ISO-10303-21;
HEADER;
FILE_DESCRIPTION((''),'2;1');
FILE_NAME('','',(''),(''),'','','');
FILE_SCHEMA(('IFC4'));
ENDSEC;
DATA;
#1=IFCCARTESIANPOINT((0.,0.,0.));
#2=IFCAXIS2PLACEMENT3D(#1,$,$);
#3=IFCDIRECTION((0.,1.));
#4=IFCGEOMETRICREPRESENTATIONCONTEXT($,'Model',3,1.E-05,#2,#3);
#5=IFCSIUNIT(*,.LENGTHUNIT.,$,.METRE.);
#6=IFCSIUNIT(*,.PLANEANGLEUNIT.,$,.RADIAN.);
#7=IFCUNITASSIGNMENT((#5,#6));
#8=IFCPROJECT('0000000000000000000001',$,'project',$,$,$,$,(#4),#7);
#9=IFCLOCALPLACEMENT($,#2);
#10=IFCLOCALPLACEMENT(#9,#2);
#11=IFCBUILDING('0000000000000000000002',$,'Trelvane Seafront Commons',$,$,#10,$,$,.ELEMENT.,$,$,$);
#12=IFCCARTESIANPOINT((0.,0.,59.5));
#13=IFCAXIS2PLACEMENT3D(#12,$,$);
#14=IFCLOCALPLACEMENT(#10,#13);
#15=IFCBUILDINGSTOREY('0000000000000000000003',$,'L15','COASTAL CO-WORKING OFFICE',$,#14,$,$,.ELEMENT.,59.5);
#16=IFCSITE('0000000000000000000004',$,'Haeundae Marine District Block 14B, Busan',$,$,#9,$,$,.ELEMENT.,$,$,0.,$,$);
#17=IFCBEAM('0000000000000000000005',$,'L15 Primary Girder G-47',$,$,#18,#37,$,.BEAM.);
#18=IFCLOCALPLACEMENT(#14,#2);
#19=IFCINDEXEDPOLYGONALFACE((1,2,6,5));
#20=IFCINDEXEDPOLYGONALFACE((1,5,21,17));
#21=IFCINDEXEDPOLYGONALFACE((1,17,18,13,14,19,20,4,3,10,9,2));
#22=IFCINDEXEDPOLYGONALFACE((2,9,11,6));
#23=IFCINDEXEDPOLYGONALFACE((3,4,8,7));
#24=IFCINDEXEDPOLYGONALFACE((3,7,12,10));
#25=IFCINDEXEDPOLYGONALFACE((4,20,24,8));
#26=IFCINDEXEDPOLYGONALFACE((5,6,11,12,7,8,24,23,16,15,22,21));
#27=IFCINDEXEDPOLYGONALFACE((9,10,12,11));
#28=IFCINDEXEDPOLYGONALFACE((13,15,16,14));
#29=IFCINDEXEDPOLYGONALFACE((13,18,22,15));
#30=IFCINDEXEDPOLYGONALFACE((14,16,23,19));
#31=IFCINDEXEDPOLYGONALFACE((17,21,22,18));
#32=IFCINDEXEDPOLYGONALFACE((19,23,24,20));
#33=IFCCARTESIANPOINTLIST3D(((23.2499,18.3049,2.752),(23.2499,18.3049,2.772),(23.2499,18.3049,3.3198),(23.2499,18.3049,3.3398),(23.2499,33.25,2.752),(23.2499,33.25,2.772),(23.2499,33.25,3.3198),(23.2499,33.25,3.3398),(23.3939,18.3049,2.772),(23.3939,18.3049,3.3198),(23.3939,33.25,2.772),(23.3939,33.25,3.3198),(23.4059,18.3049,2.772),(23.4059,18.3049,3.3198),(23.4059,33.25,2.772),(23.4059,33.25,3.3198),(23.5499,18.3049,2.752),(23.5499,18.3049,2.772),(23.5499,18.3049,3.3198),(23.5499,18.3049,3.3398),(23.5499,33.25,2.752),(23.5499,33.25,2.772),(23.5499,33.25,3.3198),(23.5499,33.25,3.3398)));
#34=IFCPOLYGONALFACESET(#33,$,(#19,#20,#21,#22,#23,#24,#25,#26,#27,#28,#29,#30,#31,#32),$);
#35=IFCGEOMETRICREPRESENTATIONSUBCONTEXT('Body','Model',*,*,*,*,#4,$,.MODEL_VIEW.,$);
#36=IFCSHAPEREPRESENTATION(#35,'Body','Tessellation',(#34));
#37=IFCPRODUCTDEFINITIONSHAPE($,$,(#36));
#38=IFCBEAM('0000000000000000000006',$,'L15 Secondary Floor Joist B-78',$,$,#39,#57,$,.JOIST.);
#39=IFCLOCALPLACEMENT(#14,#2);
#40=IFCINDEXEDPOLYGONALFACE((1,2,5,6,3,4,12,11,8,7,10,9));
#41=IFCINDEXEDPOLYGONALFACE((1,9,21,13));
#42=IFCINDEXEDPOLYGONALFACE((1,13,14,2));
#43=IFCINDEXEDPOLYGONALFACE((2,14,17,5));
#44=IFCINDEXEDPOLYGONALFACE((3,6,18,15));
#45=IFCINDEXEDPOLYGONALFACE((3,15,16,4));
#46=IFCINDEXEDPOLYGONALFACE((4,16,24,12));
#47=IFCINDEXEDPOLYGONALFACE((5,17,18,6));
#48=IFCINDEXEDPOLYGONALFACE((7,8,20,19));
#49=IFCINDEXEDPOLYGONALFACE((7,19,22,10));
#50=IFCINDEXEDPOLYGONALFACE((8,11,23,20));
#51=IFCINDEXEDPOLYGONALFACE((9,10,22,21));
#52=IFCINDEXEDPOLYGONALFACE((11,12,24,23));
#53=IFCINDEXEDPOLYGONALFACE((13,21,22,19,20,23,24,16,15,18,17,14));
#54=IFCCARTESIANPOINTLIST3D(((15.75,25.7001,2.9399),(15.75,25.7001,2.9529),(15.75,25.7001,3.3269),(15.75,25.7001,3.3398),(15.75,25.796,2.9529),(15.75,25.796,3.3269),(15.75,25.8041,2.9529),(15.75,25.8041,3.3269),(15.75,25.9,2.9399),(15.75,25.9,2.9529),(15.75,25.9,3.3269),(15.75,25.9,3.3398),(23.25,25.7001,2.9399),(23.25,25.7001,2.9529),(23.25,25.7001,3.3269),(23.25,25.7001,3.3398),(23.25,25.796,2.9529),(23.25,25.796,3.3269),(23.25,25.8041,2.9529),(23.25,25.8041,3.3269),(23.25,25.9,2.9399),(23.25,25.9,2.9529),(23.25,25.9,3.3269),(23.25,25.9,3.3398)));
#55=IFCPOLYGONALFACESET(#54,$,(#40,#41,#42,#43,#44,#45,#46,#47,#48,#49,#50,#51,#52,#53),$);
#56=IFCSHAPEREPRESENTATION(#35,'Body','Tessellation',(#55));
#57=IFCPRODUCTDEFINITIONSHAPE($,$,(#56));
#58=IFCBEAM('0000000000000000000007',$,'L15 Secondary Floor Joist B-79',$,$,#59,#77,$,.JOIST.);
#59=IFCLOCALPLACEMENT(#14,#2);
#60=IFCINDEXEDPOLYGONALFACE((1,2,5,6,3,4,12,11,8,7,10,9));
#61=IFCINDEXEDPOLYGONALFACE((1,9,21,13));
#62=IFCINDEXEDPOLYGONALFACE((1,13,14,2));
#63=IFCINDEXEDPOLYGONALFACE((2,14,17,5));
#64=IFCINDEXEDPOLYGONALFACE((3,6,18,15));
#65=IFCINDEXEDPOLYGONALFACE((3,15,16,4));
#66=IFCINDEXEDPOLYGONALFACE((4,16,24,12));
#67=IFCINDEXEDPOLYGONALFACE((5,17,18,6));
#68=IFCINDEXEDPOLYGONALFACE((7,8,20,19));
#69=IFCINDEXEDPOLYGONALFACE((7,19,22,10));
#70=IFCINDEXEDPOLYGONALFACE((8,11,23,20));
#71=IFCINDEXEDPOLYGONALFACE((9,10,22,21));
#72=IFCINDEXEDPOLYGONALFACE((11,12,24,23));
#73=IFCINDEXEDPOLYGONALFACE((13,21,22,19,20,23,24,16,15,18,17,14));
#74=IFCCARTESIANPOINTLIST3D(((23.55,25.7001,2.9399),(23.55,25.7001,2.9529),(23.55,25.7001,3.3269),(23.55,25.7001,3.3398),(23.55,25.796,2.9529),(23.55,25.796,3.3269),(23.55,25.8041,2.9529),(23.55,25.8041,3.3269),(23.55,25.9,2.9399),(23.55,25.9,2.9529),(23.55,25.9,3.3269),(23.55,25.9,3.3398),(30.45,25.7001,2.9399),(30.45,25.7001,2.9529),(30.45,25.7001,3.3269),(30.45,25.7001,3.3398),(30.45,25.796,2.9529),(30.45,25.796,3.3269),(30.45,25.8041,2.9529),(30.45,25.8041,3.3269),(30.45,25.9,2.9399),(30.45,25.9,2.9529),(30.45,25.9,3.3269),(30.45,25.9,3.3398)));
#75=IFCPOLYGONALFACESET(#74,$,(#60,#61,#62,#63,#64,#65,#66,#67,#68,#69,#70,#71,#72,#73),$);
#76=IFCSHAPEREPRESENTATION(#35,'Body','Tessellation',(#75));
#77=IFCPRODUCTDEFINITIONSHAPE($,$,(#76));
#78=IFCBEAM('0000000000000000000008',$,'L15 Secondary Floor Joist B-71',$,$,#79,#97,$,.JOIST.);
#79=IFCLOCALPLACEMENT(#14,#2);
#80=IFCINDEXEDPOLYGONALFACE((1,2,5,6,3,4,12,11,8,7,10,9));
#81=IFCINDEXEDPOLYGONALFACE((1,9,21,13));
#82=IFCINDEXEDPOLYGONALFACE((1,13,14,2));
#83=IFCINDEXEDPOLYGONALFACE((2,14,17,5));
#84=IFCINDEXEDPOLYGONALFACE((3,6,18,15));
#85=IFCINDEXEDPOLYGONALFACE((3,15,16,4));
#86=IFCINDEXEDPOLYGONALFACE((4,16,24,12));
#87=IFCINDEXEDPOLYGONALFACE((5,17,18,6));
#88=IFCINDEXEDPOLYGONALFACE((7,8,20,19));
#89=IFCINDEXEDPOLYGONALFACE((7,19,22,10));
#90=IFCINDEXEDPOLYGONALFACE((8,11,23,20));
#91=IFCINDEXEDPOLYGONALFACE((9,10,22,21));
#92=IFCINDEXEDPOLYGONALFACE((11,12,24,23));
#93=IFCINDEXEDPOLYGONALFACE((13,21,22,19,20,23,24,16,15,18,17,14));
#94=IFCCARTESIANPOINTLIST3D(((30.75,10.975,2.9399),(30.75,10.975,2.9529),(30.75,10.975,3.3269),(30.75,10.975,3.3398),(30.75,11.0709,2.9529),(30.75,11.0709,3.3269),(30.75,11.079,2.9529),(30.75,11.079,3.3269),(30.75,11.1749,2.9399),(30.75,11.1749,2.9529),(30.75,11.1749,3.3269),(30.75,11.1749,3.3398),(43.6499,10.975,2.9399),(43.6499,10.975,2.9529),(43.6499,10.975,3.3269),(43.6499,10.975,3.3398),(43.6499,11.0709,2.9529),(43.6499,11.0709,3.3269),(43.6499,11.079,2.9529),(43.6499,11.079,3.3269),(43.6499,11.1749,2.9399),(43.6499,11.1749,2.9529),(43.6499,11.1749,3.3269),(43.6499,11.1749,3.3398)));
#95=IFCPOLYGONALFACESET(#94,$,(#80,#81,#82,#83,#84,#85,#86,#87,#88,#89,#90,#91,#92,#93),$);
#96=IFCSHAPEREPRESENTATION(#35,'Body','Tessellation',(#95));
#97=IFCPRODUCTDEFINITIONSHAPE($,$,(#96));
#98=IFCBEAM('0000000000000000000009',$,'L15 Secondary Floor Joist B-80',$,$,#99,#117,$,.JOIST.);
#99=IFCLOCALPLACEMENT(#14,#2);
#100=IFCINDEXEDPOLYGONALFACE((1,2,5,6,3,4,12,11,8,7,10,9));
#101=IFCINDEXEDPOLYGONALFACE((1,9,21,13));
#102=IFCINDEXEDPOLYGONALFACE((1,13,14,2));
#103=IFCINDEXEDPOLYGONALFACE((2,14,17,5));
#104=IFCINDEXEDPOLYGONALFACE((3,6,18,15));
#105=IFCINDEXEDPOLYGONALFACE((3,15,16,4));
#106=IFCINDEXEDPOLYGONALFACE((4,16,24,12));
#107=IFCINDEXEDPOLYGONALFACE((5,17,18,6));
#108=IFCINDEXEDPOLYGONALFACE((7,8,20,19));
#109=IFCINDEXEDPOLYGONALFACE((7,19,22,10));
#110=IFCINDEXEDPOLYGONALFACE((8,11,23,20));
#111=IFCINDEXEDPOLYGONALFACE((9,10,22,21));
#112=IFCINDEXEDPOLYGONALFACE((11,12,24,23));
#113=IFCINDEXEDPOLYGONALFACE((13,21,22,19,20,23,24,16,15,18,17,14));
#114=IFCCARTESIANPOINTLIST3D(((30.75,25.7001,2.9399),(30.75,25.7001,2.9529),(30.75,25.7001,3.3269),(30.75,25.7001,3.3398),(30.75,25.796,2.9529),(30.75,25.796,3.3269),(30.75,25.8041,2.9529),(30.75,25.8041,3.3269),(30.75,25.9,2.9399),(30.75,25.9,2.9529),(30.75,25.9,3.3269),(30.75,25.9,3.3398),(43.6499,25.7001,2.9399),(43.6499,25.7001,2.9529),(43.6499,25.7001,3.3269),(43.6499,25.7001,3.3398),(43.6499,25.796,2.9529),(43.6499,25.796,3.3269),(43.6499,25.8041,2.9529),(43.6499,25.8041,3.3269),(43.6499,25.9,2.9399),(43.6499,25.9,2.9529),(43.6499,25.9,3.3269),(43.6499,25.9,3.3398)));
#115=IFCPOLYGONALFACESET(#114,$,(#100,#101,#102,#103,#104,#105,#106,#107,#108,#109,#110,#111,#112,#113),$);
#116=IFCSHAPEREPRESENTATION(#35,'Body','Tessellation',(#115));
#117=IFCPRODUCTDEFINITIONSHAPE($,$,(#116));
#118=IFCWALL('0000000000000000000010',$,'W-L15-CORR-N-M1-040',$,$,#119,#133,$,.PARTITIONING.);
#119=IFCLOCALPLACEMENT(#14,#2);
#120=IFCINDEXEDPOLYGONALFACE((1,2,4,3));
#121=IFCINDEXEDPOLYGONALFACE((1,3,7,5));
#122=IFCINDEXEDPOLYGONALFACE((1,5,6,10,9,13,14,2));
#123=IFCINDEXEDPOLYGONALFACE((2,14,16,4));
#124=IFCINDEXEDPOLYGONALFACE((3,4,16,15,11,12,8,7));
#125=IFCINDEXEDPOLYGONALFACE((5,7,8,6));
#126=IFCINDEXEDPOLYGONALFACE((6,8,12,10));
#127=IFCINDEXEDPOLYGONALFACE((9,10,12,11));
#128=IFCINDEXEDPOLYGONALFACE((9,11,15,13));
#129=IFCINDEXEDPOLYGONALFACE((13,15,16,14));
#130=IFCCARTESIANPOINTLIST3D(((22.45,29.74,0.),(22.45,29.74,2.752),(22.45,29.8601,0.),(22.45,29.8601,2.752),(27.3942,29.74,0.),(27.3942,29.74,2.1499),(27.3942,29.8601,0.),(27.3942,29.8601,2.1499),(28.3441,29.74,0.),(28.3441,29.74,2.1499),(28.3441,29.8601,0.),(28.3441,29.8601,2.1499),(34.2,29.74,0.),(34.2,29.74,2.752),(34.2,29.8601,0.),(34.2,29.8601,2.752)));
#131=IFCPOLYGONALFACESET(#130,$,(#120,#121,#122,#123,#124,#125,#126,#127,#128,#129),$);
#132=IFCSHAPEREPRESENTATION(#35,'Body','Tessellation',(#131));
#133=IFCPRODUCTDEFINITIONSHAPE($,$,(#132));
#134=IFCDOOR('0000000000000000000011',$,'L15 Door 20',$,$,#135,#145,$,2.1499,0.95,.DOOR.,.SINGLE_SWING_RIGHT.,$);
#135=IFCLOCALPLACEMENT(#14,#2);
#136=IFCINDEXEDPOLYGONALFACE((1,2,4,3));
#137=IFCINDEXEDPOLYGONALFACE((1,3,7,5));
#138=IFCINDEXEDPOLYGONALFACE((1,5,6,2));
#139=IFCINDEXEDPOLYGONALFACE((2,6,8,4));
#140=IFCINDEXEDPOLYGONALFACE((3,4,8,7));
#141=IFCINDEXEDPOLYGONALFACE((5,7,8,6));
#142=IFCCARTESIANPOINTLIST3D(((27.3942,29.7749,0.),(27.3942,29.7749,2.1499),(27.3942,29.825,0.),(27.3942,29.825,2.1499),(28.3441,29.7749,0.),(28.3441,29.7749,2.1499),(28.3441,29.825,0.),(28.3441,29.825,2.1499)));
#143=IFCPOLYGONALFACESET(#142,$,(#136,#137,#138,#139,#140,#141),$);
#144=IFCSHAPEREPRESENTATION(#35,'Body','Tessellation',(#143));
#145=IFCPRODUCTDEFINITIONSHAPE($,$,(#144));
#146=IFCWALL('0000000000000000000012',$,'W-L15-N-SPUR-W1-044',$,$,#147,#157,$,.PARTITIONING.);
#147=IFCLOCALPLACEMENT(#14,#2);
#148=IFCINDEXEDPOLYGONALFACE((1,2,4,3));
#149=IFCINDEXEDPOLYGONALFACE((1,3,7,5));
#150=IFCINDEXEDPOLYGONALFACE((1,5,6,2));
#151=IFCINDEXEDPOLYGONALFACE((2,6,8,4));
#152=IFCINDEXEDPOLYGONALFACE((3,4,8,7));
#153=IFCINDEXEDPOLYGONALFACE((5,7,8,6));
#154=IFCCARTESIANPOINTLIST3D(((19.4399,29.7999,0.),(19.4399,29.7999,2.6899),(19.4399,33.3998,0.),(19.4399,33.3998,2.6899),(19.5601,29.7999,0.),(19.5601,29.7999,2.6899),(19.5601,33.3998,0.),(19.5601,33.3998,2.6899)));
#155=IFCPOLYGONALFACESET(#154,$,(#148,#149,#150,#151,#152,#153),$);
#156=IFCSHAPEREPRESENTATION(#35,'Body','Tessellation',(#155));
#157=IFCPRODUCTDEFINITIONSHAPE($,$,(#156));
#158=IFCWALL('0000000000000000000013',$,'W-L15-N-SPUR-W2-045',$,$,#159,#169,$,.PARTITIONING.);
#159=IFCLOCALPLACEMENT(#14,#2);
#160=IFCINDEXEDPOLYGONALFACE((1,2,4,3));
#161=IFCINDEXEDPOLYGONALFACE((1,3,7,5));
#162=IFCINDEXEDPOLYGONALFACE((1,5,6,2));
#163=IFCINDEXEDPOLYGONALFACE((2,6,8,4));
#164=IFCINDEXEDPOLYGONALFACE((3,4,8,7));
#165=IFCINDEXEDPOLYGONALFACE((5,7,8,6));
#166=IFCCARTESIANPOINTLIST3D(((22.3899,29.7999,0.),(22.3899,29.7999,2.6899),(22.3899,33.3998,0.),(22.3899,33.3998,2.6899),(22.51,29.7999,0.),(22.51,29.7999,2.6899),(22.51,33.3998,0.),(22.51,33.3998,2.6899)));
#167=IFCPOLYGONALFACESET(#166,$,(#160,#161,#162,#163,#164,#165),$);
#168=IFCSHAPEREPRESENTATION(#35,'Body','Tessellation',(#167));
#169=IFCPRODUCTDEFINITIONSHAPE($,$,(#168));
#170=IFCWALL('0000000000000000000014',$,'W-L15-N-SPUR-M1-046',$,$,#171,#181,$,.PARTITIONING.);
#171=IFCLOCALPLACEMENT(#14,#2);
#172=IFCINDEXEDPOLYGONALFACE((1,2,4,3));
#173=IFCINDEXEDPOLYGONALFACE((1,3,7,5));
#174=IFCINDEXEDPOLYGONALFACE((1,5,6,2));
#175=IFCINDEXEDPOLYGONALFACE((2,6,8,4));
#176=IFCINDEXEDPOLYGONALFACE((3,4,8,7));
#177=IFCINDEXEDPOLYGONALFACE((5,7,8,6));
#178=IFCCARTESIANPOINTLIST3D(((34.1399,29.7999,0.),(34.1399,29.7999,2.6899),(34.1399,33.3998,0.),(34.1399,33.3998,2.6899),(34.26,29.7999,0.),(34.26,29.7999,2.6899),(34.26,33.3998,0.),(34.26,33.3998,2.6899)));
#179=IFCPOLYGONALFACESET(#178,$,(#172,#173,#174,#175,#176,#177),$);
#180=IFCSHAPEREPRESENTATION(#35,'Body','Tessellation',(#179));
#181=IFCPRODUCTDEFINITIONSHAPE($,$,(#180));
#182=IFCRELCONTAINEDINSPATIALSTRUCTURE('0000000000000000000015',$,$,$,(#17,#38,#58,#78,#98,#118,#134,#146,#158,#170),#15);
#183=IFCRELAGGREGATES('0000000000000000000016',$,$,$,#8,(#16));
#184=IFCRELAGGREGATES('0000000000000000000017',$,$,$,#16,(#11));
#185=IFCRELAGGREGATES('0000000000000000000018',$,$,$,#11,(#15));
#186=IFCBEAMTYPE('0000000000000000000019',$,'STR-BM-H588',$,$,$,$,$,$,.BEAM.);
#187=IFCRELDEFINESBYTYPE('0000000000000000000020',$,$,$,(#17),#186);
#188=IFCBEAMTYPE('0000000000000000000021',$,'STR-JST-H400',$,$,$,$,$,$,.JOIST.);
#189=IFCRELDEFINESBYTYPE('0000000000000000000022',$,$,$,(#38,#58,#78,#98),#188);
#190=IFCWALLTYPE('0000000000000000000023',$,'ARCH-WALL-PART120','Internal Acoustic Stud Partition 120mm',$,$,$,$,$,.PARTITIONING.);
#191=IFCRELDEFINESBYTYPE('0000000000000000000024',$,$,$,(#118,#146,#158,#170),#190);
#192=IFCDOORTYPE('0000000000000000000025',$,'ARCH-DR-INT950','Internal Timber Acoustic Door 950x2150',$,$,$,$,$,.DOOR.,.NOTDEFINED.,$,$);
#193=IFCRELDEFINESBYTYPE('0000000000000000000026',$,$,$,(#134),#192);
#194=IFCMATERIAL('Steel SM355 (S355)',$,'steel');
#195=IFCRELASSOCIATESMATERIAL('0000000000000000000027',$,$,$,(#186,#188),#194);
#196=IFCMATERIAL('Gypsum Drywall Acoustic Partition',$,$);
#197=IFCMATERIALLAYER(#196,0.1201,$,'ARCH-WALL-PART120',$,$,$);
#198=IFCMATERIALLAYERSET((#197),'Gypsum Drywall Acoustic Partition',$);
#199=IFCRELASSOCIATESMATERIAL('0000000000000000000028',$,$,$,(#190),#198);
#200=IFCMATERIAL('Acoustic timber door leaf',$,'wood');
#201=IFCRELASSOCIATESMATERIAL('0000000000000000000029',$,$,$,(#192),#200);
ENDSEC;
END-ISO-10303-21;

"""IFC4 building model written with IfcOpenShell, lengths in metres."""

from ifc_helpers import new_model, si_unit, direction, frame, frame_2d, origin, origin_2d, place, context, subcontext, project, spatial, rectangle, i_section, extrude, source, transform, mapped, material, layer, layer_set, material_profile, profile_set, type_object, element, fill, save


model = new_model("IFC4")

# Units and contexts
model_context = context("Model", 3, precision=1e-05, world=origin(), true_north=direction((0.0, 1.0)))
body_context = subcontext(model_context, "Body", "Model", "MODEL_VIEW")
ifc_project = project(units=[si_unit("LENGTHUNIT", "METRE"), si_unit("PLANEANGLEUNIT", "RADIAN")], contexts=[model_context])

# Site, building, storey
site_placement = place(None, origin())
site = spatial("IfcSite", under=ifc_project, at=site_placement, Name="Haeundae Marine District Block 14B, Busan", CompositionType="ELEMENT", RefElevation=0.0)
building_placement = place(site_placement, origin())
building = spatial("IfcBuilding", under=site, at=building_placement, Name="Trelvane Seafront Commons", CompositionType="ELEMENT")
storey_placement = place(building_placement, frame((0.0, 0.0, 59.5)))
storey = spatial("IfcBuildingStorey", under=building, at=storey_placement, Name="L15", Description="COASTAL CO-WORKING OFFICE", CompositionType="ELEMENT", Elevation=59.5)

# Shared definitions
ifc_material_1 = material(Name="Steel SM355 (S355)", Category="steel")

# Beams
ifc_material_profile_1 = material_profile(ifc_material_1, i_section(OverallWidth=0.3, OverallDepth=0.5879, WebThickness=0.012, FlangeThickness=0.02, at=origin_2d()), Name="H-588x300x12x20")
ifc_profile_set_1 = profile_set([ifc_material_profile_1], Name="Steel SM355 (S355)")
beam_type_1 = type_object("IfcBeamType", Name="STR-BM-H588", PredefinedType="BEAM", material=ifc_profile_set_1)
shared_shape_1 = source(origin(), body_context, "Body", "SweptSolid", [
    extrude(i_section(OverallWidth=0.3, OverallDepth=0.5879, WebThickness=0.012, FlangeThickness=0.02, at=origin_2d()), origin(), (0.0, 0.0, 1.0), 14.9451),
])
beam_1_placement = place(storey_placement, frame((23.3999, 18.3049, 3.0459), z_axis=(0.0, 1.0, 0.0), x_axis=(-1.0, 0.0, 0.0)))
element("IfcBeam", 1, at=beam_1_placement, inside=storey, type_object=beam_type_1, Name="L15 Primary Girder G-47", PredefinedType="BEAM", context=body_context, shape_type="MappedRepresentation", body=[
    mapped(shared_shape_1, transform((0.0, 0.0, 0.0), x_axis=(1.0, 0.0, 0.0), y_axis=(0.0, 1.0, 0.0), z_axis=(0.0, 0.0, 1.0), scale=1.0)),
])
ifc_material_profile_2 = material_profile(ifc_material_1, i_section(OverallWidth=0.2, OverallDepth=0.3999, WebThickness=0.0081, FlangeThickness=0.0129, at=origin_2d()), Name="H-400x200x8x13")
ifc_profile_set_2 = profile_set([ifc_material_profile_2], Name="Steel SM355 (S355)")
beam_type_2 = type_object("IfcBeamType", Name="STR-JST-H400", PredefinedType="JOIST", material=ifc_profile_set_2)
shared_shape_2 = source(origin(), body_context, "Body", "SweptSolid", [
    extrude(i_section(OverallWidth=0.2, OverallDepth=0.3999, WebThickness=0.0081, FlangeThickness=0.0129, at=origin_2d()), origin(), (0.0, 0.0, 1.0), 7.5),
])
beam_2_placement = place(storey_placement, frame((15.75, 25.8, 3.1399), z_axis=(1.0, 0.0, 0.0), x_axis=(0.0, 1.0, 0.0)))
element("IfcBeam", 2, at=beam_2_placement, inside=storey, type_object=beam_type_2, Name="L15 Secondary Floor Joist B-78", PredefinedType="JOIST", context=body_context, shape_type="MappedRepresentation", body=[
    mapped(shared_shape_2, transform((0.0, 0.0, 0.0), x_axis=(1.0, 0.0, 0.0), y_axis=(0.0, 1.0, 0.0), z_axis=(0.0, 0.0, 1.0), scale=1.0)),
])
shared_shape_3 = source(origin(), body_context, "Body", "SweptSolid", [
    extrude(i_section(OverallWidth=0.2, OverallDepth=0.3999, WebThickness=0.0081, FlangeThickness=0.0129, at=origin_2d()), origin(), (0.0, 0.0, 1.0), 6.8999),
])
beam_3_placement = place(storey_placement, frame((23.55, 25.8, 3.1399), z_axis=(1.0, 0.0, 0.0), x_axis=(0.0, 1.0, 0.0)))
element("IfcBeam", 3, at=beam_3_placement, inside=storey, type_object=beam_type_2, Name="L15 Secondary Floor Joist B-79", PredefinedType="JOIST", context=body_context, shape_type="MappedRepresentation", body=[
    mapped(shared_shape_3, transform((0.0, 0.0, 0.0), x_axis=(1.0, 0.0, 0.0), y_axis=(0.0, 1.0, 0.0), z_axis=(0.0, 0.0, 1.0), scale=1.0)),
])
shared_shape_4 = source(origin(), body_context, "Body", "SweptSolid", [
    extrude(i_section(OverallWidth=0.2, OverallDepth=0.3999, WebThickness=0.0081, FlangeThickness=0.0129, at=origin_2d()), origin(), (0.0, 0.0, 1.0), 12.8999),
])
for number, where, z_axis, x_axis, name in (
    (4, (30.75, 11.075, 3.1399), (1.0, 0.0, 0.0), (0.0, 1.0, 0.0), "L15 Secondary Floor Joist B-71"),
    (5, (30.75, 25.8, 3.1399), (1.0, 0.0, 0.0), (0.0, 1.0, 0.0), "L15 Secondary Floor Joist B-80"),
):
    element("IfcBeam", number, at=place(storey_placement, frame(where, z_axis=z_axis, x_axis=x_axis)), inside=storey, type_object=beam_type_2, Name=name, PredefinedType="JOIST", context=body_context, shape_type="MappedRepresentation", body=[
        mapped(shared_shape_4, transform((0.0, 0.0, 0.0), x_axis=(1.0, 0.0, 0.0), y_axis=(0.0, 1.0, 0.0), z_axis=(0.0, 0.0, 1.0), scale=1.0)),
    ])

# Wall, opening, door
ifc_material_2 = material(Name="Gypsum Drywall Acoustic Partition")
ifc_layer_1 = layer(ifc_material_2, 0.1201, Name="ARCH-WALL-PART120")
ifc_layer_set_1 = layer_set([ifc_layer_1], Name="Gypsum Drywall Acoustic Partition")
wall_type_1 = type_object("IfcWallType", Name="ARCH-WALL-PART120", Description="Internal Acoustic Stud Partition 120mm", PredefinedType="PARTITIONING", material=ifc_layer_set_1)
wall_1_placement = place(storey_placement, frame((22.45, 29.8, 0.0), z_axis=(0.0, 0.0, 1.0), x_axis=(1.0, 0.0, 0.0)))
wall_1 = element("IfcWall", 6, at=wall_1_placement, inside=storey, type_object=wall_type_1, Name="W-L15-CORR-N-M1-040", PredefinedType="PARTITIONING", context=body_context, shape_type="SweptSolid", body=[
    extrude(rectangle(XDim=11.75, YDim=0.1201, at=frame_2d((5.875, 0.0))), origin(), (0.0, 0.0, 1.0), 2.752),
])
opening_1_placement = place(wall_1_placement, frame((4.9441, 0.0, 0.0)))
opening_1 = element("IfcOpeningElement", 7, at=opening_1_placement, cuts=wall_1, PredefinedType="OPENING", context=body_context, shape_type="SweptSolid", body=[
    extrude(rectangle(XDim=0.95, YDim=2.1499, at=frame_2d((0.4751, 1.075))), frame((0.0, 0.0701, 0.0), z_axis=(0.0, -1.0, 0.0), x_axis=(1.0, 0.0, 0.0)), (0.0, 0.0, 1.0), 0.1401),
])
ifc_material_3 = material(Name="Acoustic timber door leaf", Category="wood")
door_type_1 = type_object("IfcDoorType", Name="ARCH-DR-INT950", Description="Internal Timber Acoustic Door 950x2150", OperationType="NOTDEFINED", PredefinedType="DOOR", material=ifc_material_3)
shared_shape_5 = source(origin(), body_context, "Body", "SweptSolid", [
    extrude(rectangle(XDim=0.95, YDim=2.1499, at=frame_2d((0.4751, 1.075))), frame((0.0, 0.0249, 0.0), z_axis=(0.0, -1.0, 0.0), x_axis=(1.0, 0.0, 0.0)), (0.0, 0.0, 1.0), 0.05),
])
door_1_placement = place(opening_1_placement, origin())
door_1 = element("IfcDoor", 8, at=door_1_placement, inside=storey, type_object=door_type_1, Name="L15 Door 20", OperationType="SINGLE_SWING_RIGHT", OverallHeight=2.1499, OverallWidth=0.95, PredefinedType="DOOR", context=body_context, shape_type="MappedRepresentation", body=[
    mapped(shared_shape_5, transform((0.0, 0.0, 0.0), x_axis=(1.0, 0.0, 0.0), y_axis=(0.0, 1.0, 0.0), z_axis=(0.0, 0.0, 1.0), scale=1.0)),
])
fill(opening_1, door_1)

# Walls
for number, where, z_axis, x_axis, name in (
    (9, (19.5, 29.8, 0.0), (0.0, 0.0, 1.0), (0.0, 1.0, 0.0), "W-L15-N-SPUR-W1-044"),
    (10, (22.45, 29.8, 0.0), (0.0, 0.0, 1.0), (0.0, 1.0, 0.0), "W-L15-N-SPUR-W2-045"),
    (11, (34.2, 29.8, 0.0), (0.0, 0.0, 1.0), (0.0, 1.0, 0.0), "W-L15-N-SPUR-M1-046"),
):
    element("IfcWall", number, at=place(storey_placement, frame(where, z_axis=z_axis, x_axis=x_axis)), inside=storey, type_object=wall_type_1, Name=name, PredefinedType="PARTITIONING", context=body_context, shape_type="SweptSolid", body=[
        extrude(rectangle(XDim=3.5999, YDim=0.1201, at=frame_2d((1.7998, 0.0))), origin(), (0.0, 0.0, 1.0), 2.6899),
    ])

save(model, "model.ifc")
